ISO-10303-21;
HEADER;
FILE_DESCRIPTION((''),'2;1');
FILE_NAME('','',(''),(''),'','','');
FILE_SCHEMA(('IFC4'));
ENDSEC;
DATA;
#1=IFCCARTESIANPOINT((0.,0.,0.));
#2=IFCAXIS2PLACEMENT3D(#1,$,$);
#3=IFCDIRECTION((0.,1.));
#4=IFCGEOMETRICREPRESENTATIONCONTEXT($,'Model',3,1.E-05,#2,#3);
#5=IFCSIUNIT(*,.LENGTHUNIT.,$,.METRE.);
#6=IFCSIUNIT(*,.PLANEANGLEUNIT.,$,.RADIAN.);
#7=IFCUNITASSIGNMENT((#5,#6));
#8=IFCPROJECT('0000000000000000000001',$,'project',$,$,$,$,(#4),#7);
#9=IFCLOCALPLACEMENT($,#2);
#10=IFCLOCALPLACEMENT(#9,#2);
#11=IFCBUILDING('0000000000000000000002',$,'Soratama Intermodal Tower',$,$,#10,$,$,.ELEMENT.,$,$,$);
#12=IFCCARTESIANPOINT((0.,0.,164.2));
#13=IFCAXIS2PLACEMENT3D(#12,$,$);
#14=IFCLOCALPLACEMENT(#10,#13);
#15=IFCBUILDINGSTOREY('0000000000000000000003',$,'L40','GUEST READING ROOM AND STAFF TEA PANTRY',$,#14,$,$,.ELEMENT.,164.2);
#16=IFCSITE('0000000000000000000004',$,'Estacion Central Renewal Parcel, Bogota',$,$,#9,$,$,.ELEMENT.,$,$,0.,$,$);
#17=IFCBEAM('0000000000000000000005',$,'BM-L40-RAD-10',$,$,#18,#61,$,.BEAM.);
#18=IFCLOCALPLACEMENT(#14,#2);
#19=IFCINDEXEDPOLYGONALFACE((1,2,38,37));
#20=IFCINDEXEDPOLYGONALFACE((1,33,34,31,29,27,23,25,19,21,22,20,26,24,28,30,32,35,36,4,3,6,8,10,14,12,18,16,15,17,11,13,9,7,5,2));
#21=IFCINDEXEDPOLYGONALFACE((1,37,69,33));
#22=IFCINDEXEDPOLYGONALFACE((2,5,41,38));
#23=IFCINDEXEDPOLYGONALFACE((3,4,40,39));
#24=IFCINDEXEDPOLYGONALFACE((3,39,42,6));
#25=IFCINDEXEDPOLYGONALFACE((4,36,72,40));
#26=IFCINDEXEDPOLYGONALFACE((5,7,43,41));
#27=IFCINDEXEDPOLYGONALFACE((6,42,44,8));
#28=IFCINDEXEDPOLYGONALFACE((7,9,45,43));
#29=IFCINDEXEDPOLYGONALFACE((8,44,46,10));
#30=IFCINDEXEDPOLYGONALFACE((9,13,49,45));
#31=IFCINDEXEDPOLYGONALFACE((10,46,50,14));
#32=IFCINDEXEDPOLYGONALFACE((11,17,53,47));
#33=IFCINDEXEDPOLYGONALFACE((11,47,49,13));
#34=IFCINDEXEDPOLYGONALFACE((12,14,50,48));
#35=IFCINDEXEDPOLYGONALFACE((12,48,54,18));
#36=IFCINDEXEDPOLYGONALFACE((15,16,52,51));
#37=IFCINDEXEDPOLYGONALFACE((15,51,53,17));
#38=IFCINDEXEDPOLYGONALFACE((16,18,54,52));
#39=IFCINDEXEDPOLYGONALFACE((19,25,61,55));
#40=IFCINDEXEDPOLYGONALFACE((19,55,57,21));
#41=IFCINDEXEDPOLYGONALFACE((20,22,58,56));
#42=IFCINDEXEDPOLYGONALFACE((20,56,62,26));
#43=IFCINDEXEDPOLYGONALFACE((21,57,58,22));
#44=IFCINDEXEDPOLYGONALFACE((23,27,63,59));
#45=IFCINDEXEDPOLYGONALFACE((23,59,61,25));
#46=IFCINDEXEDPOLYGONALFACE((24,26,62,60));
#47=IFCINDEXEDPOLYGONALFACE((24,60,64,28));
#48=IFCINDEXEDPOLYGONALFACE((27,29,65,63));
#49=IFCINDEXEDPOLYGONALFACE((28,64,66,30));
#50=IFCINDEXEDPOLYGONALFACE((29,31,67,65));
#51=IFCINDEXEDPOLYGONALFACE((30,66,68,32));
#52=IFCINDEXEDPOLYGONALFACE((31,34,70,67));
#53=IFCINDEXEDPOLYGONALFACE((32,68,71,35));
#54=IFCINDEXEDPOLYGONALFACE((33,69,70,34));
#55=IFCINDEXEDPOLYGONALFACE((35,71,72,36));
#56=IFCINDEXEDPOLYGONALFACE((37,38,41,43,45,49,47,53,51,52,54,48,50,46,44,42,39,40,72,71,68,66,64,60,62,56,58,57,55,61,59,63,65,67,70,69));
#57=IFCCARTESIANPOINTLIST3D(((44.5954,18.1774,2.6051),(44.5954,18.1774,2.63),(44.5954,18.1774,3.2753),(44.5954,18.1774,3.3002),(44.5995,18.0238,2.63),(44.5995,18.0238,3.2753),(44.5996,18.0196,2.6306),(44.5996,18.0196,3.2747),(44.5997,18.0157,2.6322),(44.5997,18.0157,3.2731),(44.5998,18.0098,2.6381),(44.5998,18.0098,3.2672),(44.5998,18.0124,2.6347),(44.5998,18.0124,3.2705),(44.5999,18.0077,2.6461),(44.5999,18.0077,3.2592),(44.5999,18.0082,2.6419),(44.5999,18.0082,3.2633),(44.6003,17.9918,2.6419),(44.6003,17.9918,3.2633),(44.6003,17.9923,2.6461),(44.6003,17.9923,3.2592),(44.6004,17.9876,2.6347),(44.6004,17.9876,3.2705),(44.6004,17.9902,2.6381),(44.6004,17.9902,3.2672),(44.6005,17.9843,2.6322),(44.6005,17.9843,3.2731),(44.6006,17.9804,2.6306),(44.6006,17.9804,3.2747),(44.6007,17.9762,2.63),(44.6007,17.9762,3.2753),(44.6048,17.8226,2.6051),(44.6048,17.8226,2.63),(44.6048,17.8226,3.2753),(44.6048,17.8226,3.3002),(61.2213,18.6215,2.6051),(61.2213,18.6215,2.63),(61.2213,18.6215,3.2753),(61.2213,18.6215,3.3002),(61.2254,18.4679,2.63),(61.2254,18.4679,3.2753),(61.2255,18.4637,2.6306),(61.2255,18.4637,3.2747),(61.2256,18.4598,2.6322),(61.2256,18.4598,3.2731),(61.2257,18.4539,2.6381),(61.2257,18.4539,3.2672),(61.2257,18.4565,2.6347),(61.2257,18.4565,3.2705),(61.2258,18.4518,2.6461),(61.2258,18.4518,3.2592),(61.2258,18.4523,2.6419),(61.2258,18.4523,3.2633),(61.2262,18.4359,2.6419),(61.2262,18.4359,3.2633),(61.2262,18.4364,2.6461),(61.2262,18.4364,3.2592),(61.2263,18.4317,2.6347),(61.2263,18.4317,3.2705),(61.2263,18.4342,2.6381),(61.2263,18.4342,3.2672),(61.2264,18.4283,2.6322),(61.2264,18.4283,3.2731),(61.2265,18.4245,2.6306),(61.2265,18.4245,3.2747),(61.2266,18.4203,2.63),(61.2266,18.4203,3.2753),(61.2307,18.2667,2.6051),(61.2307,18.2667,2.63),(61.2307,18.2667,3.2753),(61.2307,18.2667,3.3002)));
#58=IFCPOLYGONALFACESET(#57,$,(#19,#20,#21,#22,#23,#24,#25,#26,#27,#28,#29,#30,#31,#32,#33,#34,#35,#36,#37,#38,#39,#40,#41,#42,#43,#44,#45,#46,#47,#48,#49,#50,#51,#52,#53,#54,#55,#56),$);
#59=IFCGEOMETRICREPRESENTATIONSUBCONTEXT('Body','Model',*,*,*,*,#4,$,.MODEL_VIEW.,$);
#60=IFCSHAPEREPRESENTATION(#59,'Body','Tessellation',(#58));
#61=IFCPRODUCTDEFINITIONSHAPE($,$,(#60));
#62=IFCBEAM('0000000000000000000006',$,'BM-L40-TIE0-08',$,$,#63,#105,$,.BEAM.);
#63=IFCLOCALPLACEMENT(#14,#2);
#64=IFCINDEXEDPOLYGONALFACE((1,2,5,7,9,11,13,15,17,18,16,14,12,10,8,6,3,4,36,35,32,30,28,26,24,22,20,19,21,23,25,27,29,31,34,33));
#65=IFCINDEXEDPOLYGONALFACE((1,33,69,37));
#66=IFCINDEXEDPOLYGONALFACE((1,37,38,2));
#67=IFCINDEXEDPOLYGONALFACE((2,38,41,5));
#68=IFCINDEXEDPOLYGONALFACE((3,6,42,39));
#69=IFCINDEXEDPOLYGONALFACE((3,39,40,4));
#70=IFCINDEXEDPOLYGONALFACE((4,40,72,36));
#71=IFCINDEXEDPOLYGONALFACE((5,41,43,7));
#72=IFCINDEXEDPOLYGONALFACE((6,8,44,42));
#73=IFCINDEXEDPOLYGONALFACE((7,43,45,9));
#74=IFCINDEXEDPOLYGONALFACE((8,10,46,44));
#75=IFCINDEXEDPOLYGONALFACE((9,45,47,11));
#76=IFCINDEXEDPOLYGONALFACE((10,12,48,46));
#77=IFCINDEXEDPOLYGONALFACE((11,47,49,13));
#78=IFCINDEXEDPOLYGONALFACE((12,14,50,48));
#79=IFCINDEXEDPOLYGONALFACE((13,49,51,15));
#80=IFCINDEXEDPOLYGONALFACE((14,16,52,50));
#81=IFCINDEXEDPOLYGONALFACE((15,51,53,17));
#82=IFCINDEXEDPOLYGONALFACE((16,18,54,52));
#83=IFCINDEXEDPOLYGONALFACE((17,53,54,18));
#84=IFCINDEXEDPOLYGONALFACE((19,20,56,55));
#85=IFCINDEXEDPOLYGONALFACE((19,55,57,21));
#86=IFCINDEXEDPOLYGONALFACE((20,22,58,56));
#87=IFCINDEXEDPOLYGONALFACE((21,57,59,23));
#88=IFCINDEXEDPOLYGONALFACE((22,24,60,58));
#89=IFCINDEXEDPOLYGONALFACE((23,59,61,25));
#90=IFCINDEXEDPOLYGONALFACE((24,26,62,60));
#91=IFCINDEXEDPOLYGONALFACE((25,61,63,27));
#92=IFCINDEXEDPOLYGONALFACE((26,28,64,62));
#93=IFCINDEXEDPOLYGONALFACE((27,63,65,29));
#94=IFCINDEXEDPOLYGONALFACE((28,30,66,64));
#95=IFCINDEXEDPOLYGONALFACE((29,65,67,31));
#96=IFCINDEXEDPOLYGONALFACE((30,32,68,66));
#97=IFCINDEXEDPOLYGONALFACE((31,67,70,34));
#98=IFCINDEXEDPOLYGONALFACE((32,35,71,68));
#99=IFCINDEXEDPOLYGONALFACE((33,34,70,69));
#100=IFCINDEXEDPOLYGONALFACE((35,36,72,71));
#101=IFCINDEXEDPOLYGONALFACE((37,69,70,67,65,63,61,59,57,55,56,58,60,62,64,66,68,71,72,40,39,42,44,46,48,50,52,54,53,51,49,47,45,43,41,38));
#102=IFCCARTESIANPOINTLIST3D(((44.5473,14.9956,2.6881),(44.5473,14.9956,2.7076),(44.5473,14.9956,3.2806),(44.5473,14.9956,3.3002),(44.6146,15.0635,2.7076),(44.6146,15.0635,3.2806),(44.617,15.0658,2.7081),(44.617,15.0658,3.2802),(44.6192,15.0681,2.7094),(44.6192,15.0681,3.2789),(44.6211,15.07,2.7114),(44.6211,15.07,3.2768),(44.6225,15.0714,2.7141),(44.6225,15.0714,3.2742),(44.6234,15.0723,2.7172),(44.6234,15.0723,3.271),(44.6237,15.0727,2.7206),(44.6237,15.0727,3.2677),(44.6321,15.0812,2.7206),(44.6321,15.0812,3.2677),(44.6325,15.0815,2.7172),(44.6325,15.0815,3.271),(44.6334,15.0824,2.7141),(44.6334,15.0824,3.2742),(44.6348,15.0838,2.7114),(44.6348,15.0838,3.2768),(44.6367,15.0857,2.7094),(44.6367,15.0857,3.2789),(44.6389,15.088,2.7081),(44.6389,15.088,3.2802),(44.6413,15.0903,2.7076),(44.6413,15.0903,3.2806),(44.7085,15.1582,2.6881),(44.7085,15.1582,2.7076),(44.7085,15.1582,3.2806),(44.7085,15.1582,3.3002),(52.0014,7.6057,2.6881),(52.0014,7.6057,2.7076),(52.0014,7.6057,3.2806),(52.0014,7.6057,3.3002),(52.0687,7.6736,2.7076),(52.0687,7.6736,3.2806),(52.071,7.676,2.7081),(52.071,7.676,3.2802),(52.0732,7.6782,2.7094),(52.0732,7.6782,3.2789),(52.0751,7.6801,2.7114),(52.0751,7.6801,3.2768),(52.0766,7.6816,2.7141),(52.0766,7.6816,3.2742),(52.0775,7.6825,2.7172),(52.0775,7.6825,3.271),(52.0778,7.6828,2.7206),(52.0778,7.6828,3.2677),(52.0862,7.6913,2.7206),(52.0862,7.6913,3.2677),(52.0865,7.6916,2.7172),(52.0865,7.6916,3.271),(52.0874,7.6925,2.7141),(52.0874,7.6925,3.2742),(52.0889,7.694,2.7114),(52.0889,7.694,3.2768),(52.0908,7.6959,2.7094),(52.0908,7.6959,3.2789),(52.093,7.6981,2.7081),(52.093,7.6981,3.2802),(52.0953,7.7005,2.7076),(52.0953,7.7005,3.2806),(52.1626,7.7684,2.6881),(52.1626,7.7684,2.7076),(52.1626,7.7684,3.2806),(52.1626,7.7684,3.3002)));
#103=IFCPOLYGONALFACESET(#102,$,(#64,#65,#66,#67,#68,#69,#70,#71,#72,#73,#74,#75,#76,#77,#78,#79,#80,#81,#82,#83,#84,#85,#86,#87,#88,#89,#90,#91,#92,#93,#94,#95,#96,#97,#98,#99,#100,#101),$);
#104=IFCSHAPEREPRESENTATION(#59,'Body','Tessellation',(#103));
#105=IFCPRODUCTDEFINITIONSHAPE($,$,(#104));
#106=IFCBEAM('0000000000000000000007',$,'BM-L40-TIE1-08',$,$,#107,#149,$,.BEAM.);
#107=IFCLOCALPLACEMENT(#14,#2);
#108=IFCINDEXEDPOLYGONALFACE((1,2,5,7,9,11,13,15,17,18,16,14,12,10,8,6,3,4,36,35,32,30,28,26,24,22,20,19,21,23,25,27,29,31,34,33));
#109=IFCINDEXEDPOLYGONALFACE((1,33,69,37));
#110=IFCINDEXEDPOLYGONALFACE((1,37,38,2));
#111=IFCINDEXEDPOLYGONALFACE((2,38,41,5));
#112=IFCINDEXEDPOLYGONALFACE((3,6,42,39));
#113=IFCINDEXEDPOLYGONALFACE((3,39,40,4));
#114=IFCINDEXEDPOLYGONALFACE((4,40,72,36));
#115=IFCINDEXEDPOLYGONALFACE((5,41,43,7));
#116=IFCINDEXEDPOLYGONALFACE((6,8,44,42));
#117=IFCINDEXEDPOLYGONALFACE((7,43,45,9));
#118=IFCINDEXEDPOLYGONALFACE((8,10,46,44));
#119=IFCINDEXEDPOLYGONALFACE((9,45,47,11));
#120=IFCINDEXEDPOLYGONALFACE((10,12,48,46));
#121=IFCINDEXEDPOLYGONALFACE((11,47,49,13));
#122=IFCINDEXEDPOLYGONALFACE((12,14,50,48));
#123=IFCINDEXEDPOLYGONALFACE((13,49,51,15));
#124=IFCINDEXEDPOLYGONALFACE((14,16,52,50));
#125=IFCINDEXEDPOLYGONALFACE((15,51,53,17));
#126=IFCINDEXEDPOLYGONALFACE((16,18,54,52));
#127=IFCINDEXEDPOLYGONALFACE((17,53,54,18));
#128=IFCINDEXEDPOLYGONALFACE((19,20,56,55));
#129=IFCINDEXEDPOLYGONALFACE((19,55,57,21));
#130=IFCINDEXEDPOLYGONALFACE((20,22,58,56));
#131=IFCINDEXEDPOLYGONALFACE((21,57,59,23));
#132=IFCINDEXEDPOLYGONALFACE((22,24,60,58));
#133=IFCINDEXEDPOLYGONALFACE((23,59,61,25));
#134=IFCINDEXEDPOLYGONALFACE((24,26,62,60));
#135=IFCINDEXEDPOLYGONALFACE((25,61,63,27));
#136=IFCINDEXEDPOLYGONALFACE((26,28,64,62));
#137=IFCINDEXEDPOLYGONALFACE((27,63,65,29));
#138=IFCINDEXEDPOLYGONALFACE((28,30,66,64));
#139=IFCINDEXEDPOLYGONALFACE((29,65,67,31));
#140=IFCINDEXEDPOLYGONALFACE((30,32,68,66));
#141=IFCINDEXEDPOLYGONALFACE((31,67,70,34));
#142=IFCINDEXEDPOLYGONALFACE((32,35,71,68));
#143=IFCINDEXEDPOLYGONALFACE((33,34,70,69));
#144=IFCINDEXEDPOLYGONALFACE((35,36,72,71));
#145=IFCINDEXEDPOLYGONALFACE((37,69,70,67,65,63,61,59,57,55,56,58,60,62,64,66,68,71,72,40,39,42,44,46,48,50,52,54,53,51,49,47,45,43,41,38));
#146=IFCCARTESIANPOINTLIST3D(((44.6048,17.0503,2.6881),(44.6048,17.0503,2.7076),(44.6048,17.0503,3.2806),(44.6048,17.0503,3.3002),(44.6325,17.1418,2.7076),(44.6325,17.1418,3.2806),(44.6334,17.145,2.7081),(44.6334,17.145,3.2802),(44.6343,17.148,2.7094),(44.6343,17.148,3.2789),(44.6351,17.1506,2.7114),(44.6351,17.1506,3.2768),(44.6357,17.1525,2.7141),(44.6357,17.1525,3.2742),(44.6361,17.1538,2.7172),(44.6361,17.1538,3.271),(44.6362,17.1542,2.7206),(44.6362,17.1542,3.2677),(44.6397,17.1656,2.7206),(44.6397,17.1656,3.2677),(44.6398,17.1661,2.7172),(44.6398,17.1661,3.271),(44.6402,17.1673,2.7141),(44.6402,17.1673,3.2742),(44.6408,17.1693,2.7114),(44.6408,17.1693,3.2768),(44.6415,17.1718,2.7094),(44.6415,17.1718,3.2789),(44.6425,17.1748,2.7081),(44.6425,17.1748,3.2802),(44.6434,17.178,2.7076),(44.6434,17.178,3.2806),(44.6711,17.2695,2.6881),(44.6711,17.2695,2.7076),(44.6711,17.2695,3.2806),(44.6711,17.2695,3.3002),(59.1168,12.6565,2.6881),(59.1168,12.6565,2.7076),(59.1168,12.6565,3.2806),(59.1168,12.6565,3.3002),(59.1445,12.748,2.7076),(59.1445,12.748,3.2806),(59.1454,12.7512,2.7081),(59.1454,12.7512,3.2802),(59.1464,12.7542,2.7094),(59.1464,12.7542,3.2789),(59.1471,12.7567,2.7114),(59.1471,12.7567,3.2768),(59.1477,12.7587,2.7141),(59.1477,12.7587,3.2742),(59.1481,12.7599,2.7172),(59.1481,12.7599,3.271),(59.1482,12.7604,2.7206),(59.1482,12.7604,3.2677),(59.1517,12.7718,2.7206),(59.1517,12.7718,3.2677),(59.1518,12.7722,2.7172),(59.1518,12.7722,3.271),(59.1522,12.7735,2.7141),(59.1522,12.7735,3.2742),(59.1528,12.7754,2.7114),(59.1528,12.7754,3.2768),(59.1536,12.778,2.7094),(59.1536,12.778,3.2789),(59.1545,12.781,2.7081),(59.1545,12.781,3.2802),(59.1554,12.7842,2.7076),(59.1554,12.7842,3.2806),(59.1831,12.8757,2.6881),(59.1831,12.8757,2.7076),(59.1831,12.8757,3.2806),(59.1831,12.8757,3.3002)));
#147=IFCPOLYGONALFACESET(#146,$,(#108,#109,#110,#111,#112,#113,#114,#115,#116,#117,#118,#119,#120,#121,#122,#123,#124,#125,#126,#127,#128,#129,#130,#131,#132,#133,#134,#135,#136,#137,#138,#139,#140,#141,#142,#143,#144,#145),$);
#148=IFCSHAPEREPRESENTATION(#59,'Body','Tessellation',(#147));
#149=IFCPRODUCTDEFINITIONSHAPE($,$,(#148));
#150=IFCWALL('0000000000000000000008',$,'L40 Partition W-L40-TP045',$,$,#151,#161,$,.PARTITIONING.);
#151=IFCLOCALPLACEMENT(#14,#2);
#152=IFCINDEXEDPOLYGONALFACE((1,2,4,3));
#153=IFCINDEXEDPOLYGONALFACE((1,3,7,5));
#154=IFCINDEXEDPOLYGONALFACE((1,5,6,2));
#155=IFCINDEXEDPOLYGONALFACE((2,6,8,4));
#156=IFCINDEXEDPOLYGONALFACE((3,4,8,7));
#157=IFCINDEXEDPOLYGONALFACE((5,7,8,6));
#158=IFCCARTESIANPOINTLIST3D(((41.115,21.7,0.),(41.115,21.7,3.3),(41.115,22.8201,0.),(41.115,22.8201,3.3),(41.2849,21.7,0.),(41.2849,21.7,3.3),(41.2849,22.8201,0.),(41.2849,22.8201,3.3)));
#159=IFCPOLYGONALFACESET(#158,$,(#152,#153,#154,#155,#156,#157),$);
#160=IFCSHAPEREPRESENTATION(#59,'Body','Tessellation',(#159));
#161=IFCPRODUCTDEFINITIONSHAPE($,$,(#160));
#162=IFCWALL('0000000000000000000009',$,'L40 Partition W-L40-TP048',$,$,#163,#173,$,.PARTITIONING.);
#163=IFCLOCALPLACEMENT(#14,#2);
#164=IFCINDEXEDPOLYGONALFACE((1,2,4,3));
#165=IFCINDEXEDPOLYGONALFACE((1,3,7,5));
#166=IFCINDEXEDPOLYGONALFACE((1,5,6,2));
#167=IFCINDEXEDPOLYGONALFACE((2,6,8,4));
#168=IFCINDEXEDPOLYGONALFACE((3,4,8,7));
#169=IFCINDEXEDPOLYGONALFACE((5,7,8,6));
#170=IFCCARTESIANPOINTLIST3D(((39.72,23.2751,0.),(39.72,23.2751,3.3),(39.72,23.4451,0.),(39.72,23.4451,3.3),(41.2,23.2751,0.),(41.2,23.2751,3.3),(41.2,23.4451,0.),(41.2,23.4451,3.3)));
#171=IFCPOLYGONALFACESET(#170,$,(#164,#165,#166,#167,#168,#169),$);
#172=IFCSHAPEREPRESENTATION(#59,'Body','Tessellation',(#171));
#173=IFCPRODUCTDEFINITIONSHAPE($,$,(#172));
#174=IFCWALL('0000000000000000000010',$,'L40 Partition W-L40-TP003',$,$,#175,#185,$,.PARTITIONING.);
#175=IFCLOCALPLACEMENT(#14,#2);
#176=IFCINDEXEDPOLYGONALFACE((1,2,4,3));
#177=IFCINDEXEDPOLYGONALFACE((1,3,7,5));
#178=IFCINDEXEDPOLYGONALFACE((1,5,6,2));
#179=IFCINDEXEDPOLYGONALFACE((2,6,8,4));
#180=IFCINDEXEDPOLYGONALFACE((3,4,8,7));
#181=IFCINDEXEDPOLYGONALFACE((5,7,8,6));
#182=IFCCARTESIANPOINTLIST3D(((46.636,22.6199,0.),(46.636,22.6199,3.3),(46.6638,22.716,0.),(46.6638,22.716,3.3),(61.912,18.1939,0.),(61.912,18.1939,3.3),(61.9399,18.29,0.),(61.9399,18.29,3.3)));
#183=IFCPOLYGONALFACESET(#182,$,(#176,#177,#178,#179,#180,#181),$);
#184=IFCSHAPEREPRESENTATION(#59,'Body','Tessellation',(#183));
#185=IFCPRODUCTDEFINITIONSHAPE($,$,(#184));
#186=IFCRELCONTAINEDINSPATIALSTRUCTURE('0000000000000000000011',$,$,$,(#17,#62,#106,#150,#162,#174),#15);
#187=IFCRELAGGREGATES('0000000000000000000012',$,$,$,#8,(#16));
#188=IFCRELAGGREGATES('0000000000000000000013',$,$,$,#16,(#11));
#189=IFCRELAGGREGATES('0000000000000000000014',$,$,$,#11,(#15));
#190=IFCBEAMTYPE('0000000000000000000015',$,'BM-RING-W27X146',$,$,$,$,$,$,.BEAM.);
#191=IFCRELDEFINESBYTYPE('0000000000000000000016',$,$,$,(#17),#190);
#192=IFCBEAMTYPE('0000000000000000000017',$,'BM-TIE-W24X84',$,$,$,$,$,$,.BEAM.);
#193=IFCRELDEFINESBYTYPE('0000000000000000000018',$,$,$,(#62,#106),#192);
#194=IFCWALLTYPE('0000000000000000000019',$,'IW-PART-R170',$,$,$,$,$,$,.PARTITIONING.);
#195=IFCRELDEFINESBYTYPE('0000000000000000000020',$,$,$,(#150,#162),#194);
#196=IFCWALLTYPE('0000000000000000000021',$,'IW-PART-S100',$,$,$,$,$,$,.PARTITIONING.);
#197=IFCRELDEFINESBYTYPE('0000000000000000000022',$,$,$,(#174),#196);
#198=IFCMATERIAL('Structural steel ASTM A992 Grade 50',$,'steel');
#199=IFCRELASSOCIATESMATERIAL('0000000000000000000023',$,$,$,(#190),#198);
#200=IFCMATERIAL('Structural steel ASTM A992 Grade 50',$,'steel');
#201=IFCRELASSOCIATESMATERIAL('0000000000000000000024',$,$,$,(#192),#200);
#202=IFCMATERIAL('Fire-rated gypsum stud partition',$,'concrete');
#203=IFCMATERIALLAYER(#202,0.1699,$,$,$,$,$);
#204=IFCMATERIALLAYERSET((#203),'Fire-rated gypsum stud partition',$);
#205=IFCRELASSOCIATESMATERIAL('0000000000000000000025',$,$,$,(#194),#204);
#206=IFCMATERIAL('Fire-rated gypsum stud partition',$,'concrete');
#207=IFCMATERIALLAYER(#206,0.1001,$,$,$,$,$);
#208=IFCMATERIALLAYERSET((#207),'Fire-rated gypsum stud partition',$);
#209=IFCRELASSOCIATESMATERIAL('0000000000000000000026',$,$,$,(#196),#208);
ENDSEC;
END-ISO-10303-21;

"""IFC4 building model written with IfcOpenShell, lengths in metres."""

from ifc_helpers import new_model, si_unit, direction, frame, frame_2d, origin, origin_2d, place, context, subcontext, project, spatial, rectangle, i_section, extrude, material, layer, layer_set, material_profile, profile_set, type_object, element, save


model = new_model("IFC4")

# Units and contexts
model_context = context("Model", 3, precision=1e-05, world=origin(), true_north=direction((0.0, 1.0)))
body_context = subcontext(model_context, "Body", "Model", "MODEL_VIEW")
ifc_project = project(units=[si_unit("LENGTHUNIT", "METRE"), si_unit("PLANEANGLEUNIT", "RADIAN")], contexts=[model_context])

# Site, building, storey
site_placement = place(None, origin())
site = spatial("IfcSite", under=ifc_project, at=site_placement, Name="Estacion Central Renewal Parcel, Bogota", CompositionType="ELEMENT", RefElevation=0.0)
building_placement = place(site_placement, origin())
building = spatial("IfcBuilding", under=site, at=building_placement, Name="Soratama Intermodal Tower", CompositionType="ELEMENT")
storey_placement = place(building_placement, frame((0.0, 0.0, 164.2)))
storey = spatial("IfcBuildingStorey", under=building, at=storey_placement, Name="L40", Description="GUEST READING ROOM AND STAFF TEA PANTRY", CompositionType="ELEMENT", Elevation=164.2)

# Beams
ifc_material_1 = material(Name="Structural steel ASTM A992 Grade 50", Category="steel")
ifc_material_profile_1 = material_profile(ifc_material_1, i_section(OverallWidth=0.355, OverallDepth=0.6951, WebThickness=0.0154, FlangeThickness=0.0249, FilletRadius=0.0161, at=origin_2d()), Name="W27X146")
ifc_profile_set_1 = profile_set([ifc_material_profile_1], Name="Structural steel ASTM A992 Grade 50")
beam_type_1 = type_object("IfcBeamType", Name="BM-RING-W27X146", PredefinedType="BEAM", material=ifc_profile_set_1)
beam_1_placement = place(storey_placement, frame((44.6001, 18.0, 2.9526), z_axis=(0.999643, 0.026701, 0.0), x_axis=(-0.026701, 0.999643, 0.0)))
element("IfcBeam", 1, at=beam_1_placement, inside=storey, type_object=beam_type_1, Name="BM-L40-RAD-10", PredefinedType="BEAM", context=body_context, shape_type="SweptSolid", body=[
    extrude(i_section(OverallWidth=0.355, OverallDepth=0.6951, WebThickness=0.0154, FlangeThickness=0.0249, FilletRadius=0.0161, at=origin_2d()), origin(), (0.0, 0.0, 1.0), 16.6318),
])
ifc_material_2 = material(Name="Structural steel ASTM A992 Grade 50", Category="steel")
ifc_material_profile_2 = material_profile(ifc_material_2, i_section(OverallWidth=0.229, OverallDepth=0.6121, WebThickness=0.012, FlangeThickness=0.0195, FilletRadius=0.0129, at=origin_2d()), Name="W24X84")
ifc_profile_set_2 = profile_set([ifc_material_profile_2], Name="Structural steel ASTM A992 Grade 50")
beam_type_2 = type_object("IfcBeamType", Name="BM-TIE-W24X84", PredefinedType="BEAM", material=ifc_profile_set_2)
beam_2_placement = place(storey_placement, frame((44.6279, 15.0769, 2.9941), z_axis=(0.710159, -0.704042, 0.0), x_axis=(0.704042, 0.710159, 0.0)))
element("IfcBeam", 2, at=beam_2_placement, inside=storey, type_object=beam_type_2, Name="BM-L40-TIE0-08", PredefinedType="BEAM", context=body_context, shape_type="SweptSolid", body=[
    extrude(i_section(OverallWidth=0.229, OverallDepth=0.6121, WebThickness=0.012, FlangeThickness=0.0195, FilletRadius=0.0129, at=origin_2d()), origin(), (0.0, 0.0, 1.0), 10.4963),
])
beam_3_placement = place(storey_placement, frame((44.6379, 17.1599, 2.9941), z_axis=(0.957093, -0.28978, 0.0), x_axis=(0.28978, 0.957093, 0.0)))
element("IfcBeam", 3, at=beam_3_placement, inside=storey, type_object=beam_type_2, Name="BM-L40-TIE1-08", PredefinedType="BEAM", context=body_context, shape_type="SweptSolid", body=[
    extrude(i_section(OverallWidth=0.229, OverallDepth=0.6121, WebThickness=0.012, FlangeThickness=0.0195, FilletRadius=0.0129, at=origin_2d()), origin(), (0.0, 0.0, 1.0), 15.1626),
])

# Shared definitions
ifc_material_3 = material(Name="Fire-rated gypsum stud partition", Category="concrete")
ifc_layer_1 = layer(ifc_material_3, 0.1699)
ifc_layer_set_1 = layer_set([ifc_layer_1], Name="Fire-rated gypsum stud partition")
wall_type_1 = type_object("IfcWallType", Name="IW-PART-R170", PredefinedType="PARTITIONING", material=ifc_layer_set_1)

# Walls
wall_1_placement = place(storey_placement, frame((41.2, 21.7, 0.0), z_axis=(0.0, 0.0, 1.0), x_axis=(0.0, 1.0, 0.0)))
element("IfcWall", 4, at=wall_1_placement, inside=storey, type_object=wall_type_1, Name="L40 Partition W-L40-TP045", PredefinedType="PARTITIONING", context=body_context, shape_type="SweptSolid", body=[
    extrude(rectangle(XDim=1.1201, YDim=0.1699, at=frame_2d((0.5601, 0.0))), origin(), (0.0, 0.0, 1.0), 3.3),
])
wall_2_placement = place(storey_placement, frame((41.2, 23.3601, 0.0), z_axis=(0.0, 0.0, 1.0), x_axis=(-1.0, 0.0, 0.0)))
element("IfcWall", 5, at=wall_2_placement, inside=storey, type_object=wall_type_1, Name="L40 Partition W-L40-TP048", PredefinedType="PARTITIONING", context=body_context, shape_type="SweptSolid", body=[
    extrude(rectangle(XDim=1.48, YDim=0.1699, at=frame_2d((0.74, 0.0))), origin(), (0.0, 0.0, 1.0), 3.3),
])
ifc_material_4 = material(Name="Fire-rated gypsum stud partition", Category="concrete")
ifc_layer_2 = layer(ifc_material_4, 0.1001)
ifc_layer_set_2 = layer_set([ifc_layer_2], Name="Fire-rated gypsum stud partition")
wall_type_2 = type_object("IfcWallType", Name="IW-PART-S100", PredefinedType="PARTITIONING", material=ifc_layer_set_2)
wall_3_placement = place(storey_placement, frame((46.6499, 22.668, 0.0), z_axis=(0.0, 0.0, 1.0), x_axis=(0.960497, -0.27829, 0.0)))
element("IfcWall", 6, at=wall_3_placement, inside=storey, type_object=wall_type_2, Name="L40 Partition W-L40-TP003", PredefinedType="PARTITIONING", context=body_context, shape_type="SweptSolid", body=[
    extrude(rectangle(XDim=15.9043, YDim=0.1001, at=frame_2d((7.9521, 0.0))), origin(), (0.0, 0.0, 1.0), 3.3),
])

save(model, "model.ifc")
